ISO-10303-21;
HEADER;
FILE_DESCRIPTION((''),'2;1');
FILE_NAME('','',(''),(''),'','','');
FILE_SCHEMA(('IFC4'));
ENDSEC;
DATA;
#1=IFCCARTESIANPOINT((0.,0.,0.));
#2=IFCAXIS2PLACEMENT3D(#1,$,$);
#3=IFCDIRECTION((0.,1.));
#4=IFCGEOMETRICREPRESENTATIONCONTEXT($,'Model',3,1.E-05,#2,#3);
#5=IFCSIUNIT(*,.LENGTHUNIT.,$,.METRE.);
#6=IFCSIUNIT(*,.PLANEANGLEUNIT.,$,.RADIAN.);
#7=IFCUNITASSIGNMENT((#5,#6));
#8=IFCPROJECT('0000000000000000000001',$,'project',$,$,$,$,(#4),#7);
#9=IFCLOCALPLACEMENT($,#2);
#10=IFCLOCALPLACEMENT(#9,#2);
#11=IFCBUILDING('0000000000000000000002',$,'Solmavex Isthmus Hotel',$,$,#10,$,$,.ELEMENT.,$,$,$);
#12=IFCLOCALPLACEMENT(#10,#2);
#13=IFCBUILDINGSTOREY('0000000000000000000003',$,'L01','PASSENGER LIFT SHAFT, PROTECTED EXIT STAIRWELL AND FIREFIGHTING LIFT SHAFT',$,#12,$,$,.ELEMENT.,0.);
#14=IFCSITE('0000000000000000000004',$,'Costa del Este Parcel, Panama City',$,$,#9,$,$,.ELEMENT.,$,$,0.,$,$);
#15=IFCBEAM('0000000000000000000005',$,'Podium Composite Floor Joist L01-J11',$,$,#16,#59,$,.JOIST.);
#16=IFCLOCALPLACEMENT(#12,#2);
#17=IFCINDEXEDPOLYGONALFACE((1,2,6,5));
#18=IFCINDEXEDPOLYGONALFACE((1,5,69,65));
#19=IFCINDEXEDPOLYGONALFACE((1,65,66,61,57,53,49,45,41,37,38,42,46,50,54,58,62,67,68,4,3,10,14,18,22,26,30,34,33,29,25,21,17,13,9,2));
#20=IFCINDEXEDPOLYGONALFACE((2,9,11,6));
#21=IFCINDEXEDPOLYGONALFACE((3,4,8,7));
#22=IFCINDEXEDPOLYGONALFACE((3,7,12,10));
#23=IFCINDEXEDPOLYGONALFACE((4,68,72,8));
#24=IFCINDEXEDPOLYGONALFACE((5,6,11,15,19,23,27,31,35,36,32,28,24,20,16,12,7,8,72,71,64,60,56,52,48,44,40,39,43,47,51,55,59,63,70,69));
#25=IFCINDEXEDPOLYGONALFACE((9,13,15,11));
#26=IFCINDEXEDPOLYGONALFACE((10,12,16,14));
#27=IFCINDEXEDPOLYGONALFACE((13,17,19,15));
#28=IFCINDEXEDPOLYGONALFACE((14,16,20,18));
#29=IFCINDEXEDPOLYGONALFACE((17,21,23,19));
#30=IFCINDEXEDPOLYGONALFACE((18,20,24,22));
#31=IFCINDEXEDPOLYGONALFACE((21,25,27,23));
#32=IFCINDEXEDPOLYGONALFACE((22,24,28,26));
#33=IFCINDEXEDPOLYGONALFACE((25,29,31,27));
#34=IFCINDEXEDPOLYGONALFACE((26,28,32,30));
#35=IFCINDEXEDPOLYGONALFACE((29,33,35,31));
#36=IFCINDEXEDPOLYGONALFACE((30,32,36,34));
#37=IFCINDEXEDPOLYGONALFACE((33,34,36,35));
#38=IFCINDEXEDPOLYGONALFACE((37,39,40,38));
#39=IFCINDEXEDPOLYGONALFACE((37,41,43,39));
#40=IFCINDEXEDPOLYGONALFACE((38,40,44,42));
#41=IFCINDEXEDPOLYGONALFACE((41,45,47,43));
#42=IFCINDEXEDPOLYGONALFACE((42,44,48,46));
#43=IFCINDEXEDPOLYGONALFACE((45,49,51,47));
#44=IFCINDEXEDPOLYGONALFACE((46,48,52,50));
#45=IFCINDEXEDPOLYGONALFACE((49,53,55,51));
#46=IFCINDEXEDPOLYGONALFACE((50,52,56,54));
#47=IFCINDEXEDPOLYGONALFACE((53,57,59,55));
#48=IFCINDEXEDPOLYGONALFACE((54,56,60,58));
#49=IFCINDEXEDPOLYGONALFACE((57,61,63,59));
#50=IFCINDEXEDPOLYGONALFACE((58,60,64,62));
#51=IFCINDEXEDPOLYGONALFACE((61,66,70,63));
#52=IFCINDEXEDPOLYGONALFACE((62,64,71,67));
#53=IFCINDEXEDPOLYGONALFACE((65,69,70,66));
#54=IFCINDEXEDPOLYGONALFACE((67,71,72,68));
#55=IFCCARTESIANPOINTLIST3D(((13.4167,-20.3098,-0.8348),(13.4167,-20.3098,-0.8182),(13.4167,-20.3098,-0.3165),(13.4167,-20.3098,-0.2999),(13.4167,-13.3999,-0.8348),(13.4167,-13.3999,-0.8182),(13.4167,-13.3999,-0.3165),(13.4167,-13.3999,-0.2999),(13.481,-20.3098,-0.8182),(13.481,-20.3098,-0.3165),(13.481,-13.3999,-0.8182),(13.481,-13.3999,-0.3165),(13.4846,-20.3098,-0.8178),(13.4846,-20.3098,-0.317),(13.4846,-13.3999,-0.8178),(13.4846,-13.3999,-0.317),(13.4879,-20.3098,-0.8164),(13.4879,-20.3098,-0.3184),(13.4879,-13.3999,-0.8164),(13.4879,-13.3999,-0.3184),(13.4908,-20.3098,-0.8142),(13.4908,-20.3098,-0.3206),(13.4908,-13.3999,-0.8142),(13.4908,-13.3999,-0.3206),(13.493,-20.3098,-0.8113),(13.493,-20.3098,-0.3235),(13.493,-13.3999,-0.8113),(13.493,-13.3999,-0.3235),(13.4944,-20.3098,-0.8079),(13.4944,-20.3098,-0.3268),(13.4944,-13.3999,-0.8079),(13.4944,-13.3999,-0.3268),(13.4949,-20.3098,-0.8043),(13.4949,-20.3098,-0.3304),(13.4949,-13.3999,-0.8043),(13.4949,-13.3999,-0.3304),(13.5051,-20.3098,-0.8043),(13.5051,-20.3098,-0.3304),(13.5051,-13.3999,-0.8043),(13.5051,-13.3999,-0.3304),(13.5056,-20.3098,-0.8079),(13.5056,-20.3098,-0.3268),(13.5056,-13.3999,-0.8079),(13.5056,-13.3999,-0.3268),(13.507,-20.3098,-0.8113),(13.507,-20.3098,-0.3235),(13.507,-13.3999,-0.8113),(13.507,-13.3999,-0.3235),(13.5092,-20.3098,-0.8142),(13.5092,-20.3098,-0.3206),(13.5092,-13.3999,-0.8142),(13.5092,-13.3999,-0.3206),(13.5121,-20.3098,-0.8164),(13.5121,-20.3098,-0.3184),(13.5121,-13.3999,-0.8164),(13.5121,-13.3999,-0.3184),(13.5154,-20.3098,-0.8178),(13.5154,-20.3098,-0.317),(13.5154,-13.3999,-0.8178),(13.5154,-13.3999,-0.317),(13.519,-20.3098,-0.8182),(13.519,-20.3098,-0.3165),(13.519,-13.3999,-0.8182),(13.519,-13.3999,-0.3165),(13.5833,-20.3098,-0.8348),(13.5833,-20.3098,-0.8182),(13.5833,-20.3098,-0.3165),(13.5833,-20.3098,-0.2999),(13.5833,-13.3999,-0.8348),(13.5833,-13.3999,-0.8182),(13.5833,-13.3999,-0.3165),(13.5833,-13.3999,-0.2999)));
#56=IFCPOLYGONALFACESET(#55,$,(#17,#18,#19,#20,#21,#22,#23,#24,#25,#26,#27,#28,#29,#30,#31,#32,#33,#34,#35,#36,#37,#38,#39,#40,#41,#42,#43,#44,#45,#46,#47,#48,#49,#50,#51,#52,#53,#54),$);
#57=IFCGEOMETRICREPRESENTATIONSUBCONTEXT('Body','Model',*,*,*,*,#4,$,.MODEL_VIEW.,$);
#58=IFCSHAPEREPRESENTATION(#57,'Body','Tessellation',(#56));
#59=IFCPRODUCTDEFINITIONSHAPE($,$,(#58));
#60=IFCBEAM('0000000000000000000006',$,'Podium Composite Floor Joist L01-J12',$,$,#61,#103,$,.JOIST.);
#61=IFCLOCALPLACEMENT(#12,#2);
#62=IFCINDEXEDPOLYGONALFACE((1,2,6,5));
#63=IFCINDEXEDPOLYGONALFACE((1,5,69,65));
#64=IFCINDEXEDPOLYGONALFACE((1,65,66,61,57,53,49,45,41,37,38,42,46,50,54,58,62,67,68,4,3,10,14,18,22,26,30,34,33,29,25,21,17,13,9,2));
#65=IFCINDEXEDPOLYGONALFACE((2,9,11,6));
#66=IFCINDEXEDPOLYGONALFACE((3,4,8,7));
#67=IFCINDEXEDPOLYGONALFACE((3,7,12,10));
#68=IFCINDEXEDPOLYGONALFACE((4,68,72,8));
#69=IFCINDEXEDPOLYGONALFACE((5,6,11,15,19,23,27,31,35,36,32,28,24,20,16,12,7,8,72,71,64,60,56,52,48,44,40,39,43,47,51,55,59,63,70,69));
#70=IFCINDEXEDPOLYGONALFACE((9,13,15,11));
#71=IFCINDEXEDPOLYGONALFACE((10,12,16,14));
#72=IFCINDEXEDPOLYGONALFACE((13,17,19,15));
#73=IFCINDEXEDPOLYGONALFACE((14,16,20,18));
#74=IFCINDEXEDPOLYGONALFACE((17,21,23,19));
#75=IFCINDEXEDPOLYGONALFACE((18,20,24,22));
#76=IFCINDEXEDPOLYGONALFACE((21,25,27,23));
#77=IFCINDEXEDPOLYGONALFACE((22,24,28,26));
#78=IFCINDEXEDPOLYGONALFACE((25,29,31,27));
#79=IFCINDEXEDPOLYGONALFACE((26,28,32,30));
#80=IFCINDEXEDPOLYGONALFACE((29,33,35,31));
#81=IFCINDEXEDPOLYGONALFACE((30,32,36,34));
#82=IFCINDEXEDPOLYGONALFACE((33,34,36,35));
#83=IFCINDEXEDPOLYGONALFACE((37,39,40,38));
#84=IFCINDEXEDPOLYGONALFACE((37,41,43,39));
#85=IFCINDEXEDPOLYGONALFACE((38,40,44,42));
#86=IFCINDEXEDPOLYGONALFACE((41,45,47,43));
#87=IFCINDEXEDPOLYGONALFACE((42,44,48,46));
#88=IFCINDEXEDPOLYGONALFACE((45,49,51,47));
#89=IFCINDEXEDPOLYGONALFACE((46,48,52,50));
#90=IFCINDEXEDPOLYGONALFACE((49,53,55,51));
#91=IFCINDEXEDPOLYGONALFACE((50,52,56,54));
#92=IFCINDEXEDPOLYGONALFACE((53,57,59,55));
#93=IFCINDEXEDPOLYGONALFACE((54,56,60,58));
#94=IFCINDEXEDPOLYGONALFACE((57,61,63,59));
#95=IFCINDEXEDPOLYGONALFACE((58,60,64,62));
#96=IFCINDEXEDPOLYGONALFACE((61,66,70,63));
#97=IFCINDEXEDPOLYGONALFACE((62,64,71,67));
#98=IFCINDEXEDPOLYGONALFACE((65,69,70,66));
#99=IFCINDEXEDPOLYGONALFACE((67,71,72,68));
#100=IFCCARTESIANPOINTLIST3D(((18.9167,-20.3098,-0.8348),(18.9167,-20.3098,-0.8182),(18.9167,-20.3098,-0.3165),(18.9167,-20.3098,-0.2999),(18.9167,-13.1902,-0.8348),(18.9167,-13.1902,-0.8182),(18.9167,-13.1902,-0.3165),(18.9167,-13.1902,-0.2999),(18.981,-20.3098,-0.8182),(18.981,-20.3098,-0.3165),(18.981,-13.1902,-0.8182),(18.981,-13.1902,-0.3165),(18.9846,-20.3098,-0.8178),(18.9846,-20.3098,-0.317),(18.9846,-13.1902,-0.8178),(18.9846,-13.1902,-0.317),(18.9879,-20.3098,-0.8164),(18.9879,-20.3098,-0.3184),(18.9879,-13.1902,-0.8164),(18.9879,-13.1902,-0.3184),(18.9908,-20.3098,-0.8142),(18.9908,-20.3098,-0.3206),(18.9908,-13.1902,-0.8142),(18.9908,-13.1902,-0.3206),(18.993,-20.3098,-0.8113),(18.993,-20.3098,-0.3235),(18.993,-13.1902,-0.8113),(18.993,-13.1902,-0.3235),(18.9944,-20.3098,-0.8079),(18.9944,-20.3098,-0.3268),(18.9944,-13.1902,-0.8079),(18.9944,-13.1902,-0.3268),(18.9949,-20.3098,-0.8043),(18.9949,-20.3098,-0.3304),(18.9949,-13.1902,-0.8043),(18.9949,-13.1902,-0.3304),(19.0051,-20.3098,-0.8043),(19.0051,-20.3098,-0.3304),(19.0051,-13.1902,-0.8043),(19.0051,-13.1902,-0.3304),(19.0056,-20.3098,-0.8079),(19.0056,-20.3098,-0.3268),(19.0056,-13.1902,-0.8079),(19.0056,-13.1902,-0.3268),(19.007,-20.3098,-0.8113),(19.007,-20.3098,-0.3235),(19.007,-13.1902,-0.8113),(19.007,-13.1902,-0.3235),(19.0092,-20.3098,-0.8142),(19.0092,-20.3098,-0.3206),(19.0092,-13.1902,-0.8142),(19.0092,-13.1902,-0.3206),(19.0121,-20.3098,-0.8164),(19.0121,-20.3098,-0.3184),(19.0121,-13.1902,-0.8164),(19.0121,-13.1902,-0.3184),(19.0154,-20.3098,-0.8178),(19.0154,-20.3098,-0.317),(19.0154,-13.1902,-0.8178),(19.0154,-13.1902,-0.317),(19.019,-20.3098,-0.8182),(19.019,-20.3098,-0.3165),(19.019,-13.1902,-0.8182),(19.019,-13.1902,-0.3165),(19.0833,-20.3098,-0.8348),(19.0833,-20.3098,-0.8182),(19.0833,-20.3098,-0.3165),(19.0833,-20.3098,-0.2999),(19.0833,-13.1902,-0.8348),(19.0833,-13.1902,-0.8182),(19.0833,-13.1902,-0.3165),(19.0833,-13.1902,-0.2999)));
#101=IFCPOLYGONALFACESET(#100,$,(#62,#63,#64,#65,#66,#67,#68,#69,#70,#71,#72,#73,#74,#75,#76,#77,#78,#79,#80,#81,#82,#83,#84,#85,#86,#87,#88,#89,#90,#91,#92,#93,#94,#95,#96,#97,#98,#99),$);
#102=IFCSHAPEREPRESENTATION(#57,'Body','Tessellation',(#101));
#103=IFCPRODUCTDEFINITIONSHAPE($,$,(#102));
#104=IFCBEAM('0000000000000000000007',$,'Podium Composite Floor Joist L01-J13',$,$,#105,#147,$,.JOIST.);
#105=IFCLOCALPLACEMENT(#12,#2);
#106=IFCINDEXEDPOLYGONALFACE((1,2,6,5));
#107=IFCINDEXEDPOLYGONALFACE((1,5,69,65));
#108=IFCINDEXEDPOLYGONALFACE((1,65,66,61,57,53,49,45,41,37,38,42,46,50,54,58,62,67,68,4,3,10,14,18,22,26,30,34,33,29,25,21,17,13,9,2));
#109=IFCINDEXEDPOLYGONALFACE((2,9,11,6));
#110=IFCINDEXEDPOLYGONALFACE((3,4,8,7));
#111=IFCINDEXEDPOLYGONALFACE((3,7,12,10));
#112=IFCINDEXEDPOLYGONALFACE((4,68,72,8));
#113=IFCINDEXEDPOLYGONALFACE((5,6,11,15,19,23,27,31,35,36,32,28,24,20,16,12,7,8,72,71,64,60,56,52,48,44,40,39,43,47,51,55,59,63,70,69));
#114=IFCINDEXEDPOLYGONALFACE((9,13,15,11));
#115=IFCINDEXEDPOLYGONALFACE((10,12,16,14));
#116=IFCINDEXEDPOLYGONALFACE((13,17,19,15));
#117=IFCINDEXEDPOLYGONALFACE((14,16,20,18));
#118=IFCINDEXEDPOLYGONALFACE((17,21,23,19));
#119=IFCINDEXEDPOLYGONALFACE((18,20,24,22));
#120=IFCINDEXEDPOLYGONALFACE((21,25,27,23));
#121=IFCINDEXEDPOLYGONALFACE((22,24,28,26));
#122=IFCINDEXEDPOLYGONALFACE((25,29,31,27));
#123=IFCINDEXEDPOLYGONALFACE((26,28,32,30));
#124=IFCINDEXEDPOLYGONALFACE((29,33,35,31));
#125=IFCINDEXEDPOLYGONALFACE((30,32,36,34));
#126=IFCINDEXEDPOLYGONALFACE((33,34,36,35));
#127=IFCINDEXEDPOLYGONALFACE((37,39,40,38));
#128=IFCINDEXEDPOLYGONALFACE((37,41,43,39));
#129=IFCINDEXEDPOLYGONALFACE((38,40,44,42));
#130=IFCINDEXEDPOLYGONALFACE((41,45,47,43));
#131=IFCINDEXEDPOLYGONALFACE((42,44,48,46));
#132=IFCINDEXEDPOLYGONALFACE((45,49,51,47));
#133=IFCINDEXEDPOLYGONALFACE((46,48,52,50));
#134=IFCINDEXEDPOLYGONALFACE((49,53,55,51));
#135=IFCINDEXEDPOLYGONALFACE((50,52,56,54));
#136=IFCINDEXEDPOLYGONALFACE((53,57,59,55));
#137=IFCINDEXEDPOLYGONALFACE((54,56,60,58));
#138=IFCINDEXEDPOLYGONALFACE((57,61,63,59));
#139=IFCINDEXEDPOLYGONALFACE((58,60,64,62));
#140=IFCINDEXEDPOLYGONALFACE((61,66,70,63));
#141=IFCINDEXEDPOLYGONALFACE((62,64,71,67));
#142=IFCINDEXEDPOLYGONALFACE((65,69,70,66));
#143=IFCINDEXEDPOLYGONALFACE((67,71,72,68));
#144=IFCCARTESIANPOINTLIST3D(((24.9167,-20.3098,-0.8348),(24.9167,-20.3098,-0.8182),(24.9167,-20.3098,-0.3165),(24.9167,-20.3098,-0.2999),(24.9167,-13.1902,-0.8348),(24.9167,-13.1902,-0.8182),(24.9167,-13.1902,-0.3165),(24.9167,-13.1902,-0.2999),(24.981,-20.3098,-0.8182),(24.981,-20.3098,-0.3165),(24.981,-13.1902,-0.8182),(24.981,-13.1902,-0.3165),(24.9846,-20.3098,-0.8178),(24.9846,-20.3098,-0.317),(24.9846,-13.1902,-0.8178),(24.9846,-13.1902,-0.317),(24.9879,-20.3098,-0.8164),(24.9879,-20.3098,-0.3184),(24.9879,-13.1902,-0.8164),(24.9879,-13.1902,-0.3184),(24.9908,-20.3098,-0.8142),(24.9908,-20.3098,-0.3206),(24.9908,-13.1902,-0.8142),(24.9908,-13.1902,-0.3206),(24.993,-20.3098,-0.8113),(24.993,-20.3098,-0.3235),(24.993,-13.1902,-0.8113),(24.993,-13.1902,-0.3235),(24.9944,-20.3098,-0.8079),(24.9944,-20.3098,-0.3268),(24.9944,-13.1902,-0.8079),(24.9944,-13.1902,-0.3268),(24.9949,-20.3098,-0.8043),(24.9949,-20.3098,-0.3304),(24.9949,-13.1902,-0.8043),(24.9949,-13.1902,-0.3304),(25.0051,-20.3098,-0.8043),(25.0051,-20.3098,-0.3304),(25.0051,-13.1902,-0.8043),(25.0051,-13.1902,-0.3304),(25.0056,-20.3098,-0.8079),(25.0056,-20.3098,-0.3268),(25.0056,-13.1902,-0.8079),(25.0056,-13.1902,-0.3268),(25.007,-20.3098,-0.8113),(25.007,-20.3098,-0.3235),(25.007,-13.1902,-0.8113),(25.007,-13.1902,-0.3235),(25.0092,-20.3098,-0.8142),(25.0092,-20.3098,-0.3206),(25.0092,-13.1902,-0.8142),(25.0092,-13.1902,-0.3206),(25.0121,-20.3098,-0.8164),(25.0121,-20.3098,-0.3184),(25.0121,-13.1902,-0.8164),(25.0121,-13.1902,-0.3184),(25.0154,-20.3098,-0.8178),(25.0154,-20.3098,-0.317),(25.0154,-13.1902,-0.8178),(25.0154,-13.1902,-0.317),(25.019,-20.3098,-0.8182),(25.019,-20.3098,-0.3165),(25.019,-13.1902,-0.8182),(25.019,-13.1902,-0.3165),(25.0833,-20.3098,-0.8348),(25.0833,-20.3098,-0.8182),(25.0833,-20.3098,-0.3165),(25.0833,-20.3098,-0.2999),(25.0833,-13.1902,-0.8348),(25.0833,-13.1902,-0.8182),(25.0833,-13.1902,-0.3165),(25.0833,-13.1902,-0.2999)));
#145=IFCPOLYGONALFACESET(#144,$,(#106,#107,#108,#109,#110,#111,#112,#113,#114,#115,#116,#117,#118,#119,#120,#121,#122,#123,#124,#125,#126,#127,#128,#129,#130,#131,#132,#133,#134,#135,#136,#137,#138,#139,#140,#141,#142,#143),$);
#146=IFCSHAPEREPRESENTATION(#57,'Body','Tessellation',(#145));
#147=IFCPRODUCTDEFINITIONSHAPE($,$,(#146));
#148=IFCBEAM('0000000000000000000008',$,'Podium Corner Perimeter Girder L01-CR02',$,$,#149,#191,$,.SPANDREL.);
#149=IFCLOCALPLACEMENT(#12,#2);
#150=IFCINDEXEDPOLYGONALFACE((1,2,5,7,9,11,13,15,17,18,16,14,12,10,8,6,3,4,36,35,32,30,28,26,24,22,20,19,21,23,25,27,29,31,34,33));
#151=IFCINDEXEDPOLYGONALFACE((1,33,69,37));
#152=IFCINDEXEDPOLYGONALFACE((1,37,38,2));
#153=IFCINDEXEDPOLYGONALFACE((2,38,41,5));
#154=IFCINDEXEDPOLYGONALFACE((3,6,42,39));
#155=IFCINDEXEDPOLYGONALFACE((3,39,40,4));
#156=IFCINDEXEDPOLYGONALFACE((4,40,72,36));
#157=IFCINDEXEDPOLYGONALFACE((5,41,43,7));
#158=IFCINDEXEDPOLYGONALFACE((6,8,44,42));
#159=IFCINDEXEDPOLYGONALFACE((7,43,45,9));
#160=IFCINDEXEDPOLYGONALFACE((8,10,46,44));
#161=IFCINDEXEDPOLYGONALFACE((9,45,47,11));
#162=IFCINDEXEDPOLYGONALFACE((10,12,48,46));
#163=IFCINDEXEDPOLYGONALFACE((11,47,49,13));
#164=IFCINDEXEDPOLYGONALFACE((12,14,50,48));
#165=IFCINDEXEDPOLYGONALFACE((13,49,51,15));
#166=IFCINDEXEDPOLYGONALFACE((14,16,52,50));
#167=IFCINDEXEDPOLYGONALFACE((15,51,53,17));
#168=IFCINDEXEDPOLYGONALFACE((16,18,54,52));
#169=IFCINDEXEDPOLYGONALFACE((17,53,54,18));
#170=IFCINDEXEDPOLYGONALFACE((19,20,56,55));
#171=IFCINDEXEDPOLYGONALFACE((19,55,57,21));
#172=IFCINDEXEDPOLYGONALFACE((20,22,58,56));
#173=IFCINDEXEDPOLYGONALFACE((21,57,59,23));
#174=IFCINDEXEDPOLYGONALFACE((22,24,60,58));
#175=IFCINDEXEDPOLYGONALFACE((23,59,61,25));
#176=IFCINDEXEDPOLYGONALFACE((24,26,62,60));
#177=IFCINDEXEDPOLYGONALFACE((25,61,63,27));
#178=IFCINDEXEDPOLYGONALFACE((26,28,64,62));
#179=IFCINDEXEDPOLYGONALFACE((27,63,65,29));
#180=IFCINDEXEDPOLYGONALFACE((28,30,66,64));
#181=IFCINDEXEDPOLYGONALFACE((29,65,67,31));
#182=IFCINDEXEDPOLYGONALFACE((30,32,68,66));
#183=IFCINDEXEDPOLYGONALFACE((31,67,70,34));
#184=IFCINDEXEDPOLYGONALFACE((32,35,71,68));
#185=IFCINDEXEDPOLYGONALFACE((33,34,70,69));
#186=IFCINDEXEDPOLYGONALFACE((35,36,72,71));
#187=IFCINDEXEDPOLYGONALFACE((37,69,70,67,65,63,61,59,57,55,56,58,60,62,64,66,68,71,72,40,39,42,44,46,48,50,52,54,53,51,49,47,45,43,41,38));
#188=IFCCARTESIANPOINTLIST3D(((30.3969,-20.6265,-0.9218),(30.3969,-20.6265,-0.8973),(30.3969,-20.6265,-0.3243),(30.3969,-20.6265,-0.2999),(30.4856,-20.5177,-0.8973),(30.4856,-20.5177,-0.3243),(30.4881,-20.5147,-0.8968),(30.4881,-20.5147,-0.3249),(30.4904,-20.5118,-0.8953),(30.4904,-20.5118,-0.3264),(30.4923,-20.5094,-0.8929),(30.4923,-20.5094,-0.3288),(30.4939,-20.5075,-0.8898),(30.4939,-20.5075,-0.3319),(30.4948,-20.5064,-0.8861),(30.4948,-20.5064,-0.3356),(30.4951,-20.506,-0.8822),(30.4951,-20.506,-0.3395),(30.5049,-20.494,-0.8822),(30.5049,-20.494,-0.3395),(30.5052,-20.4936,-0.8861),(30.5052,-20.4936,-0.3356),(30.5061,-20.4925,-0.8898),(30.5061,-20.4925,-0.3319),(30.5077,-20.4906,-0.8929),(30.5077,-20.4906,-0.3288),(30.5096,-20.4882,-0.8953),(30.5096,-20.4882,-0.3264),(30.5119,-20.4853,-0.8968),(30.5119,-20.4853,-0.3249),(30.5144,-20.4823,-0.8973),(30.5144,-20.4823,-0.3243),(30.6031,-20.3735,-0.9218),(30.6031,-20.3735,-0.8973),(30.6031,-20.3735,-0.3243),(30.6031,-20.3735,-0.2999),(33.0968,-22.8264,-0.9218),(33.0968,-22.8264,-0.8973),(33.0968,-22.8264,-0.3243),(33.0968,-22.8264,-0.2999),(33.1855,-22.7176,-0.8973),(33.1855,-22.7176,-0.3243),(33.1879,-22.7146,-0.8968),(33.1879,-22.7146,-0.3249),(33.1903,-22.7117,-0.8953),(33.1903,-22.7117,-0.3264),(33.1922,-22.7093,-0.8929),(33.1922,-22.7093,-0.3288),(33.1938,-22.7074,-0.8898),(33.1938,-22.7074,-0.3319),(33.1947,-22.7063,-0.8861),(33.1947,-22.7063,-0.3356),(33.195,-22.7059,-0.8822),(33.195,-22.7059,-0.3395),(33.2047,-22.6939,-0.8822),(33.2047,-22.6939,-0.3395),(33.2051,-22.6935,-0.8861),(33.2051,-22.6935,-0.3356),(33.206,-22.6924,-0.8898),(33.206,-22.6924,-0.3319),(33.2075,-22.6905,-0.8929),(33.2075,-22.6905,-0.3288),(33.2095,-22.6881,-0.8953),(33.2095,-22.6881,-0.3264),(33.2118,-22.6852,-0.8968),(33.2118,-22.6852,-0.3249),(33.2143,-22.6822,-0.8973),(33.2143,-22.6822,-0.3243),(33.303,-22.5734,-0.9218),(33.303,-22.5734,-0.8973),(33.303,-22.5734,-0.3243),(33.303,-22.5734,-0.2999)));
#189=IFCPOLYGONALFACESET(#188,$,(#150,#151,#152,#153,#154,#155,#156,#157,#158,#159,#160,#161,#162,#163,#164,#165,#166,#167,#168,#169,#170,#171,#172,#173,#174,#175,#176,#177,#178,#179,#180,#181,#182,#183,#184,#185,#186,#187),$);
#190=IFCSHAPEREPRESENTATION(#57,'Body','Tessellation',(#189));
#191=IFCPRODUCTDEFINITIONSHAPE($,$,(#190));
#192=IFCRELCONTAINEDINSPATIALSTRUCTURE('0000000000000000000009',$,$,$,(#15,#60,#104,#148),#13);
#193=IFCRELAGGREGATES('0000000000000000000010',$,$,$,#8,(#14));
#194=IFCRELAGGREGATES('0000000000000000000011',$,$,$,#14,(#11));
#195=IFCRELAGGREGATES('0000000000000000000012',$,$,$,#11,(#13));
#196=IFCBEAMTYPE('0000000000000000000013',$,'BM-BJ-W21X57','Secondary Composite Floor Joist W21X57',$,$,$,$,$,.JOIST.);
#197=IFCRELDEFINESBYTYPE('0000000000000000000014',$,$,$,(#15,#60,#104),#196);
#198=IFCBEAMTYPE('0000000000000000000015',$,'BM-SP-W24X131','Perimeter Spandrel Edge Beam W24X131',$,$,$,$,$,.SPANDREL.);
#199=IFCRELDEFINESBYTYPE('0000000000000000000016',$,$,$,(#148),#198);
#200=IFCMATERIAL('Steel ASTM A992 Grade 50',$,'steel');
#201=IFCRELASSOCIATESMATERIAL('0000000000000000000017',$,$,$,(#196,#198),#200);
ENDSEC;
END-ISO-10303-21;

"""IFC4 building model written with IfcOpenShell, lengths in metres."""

from ifc_helpers import new_model, si_unit, direction, frame, origin, origin_2d, place, context, subcontext, project, spatial, i_section, extrude, material, material_profile, profile_set, type_object, element, save


model = new_model("IFC4")

# Units and contexts
model_context = context("Model", 3, precision=1e-05, world=origin(), true_north=direction((0.0, 1.0)))
body_context = subcontext(model_context, "Body", "Model", "MODEL_VIEW")
ifc_project = project(units=[si_unit("LENGTHUNIT", "METRE"), si_unit("PLANEANGLEUNIT", "RADIAN")], contexts=[model_context])

# Site, building, storey
site_placement = place(None, origin())
site = spatial("IfcSite", under=ifc_project, at=site_placement, Name="Costa del Este Parcel, Panama City", CompositionType="ELEMENT", RefElevation=0.0)
building_placement = place(site_placement, origin())
building = spatial("IfcBuilding", under=site, at=building_placement, Name="Solmavex Isthmus Hotel", CompositionType="ELEMENT")
storey_placement = place(building_placement, origin())
storey = spatial("IfcBuildingStorey", under=building, at=storey_placement, Name="L01", Description="PASSENGER LIFT SHAFT, PROTECTED EXIT STAIRWELL AND FIREFIGHTING LIFT SHAFT", CompositionType="ELEMENT", Elevation=0.0)

# Beams
ifc_material_1 = material(Name="Steel ASTM A992 Grade 50", Category="steel")
ifc_material_profile_1 = material_profile(ifc_material_1, i_section(OverallWidth=0.1665, OverallDepth=0.5349, WebThickness=0.0103, FlangeThickness=0.0166, FilletRadius=0.0139, at=origin_2d()), Name="W21X57")
ifc_profile_set_1 = profile_set([ifc_material_profile_1], Name="Steel ASTM A992 Grade 50")
beam_type_1 = type_object("IfcBeamType", Name="BM-BJ-W21X57", Description="Secondary Composite Floor Joist W21X57", PredefinedType="JOIST", material=ifc_profile_set_1)
beam_1_placement = place(storey_placement, frame((13.5, -20.3098, -0.5674), z_axis=(0.0, 1.0, 0.0), x_axis=(-1.0, 0.0, 0.0)))
element("IfcBeam", 1, at=beam_1_placement, inside=storey, type_object=beam_type_1, Name="Podium Composite Floor Joist L01-J11", PredefinedType="JOIST", context=body_context, shape_type="SweptSolid", body=[
    extrude(i_section(OverallWidth=0.1665, OverallDepth=0.5349, WebThickness=0.0103, FlangeThickness=0.0166, FilletRadius=0.0139, at=origin_2d()), origin(), (0.0, 0.0, 1.0), 6.9099),
])
for number, where, z_axis, x_axis, name in (
    (2, (19.0, -20.3098, -0.5674), (0.0, 1.0, 0.0), (-1.0, 0.0, 0.0), "Podium Composite Floor Joist L01-J12"),
    (3, (25.0, -20.3098, -0.5674), (0.0, 1.0, 0.0), (-1.0, 0.0, 0.0), "Podium Composite Floor Joist L01-J13"),
):
    element("IfcBeam", number, at=place(storey_placement, frame(where, z_axis=z_axis, x_axis=x_axis)), inside=storey, type_object=beam_type_1, Name=name, PredefinedType="JOIST", context=body_context, shape_type="SweptSolid", body=[
        extrude(i_section(OverallWidth=0.1665, OverallDepth=0.5349, WebThickness=0.0103, FlangeThickness=0.0166, FilletRadius=0.0139, at=origin_2d()), origin(), (0.0, 0.0, 1.0), 7.1196),
    ])
ifc_material_profile_2 = material_profile(ifc_material_1, i_section(OverallWidth=0.3264, OverallDepth=0.6218, WebThickness=0.0154, FlangeThickness=0.0244, FilletRadius=0.0151, at=origin_2d()), Name="W24X131")
ifc_profile_set_2 = profile_set([ifc_material_profile_2], Name="Steel ASTM A992 Grade 50")
beam_type_2 = type_object("IfcBeamType", Name="BM-SP-W24X131", Description="Perimeter Spandrel Edge Beam W24X131", PredefinedType="SPANDREL", material=ifc_profile_set_2)
beam_2_placement = place(storey_placement, frame((30.5, -20.5, -0.6108), z_axis=(0.775236, -0.631671, 0.0), x_axis=(0.631671, 0.775236, 0.0)))
element("IfcBeam", 4, at=beam_2_placement, inside=storey, type_object=beam_type_2, Name="Podium Corner Perimeter Girder L01-CR02", PredefinedType="SPANDREL", context=body_context, shape_type="SweptSolid", body=[
    extrude(i_section(OverallWidth=0.3264, OverallDepth=0.6218, WebThickness=0.0154, FlangeThickness=0.0244, FilletRadius=0.0151, at=origin_2d()), origin(), (0.0, 0.0, 1.0), 3.4827),
])

save(model, "model.ifc")
